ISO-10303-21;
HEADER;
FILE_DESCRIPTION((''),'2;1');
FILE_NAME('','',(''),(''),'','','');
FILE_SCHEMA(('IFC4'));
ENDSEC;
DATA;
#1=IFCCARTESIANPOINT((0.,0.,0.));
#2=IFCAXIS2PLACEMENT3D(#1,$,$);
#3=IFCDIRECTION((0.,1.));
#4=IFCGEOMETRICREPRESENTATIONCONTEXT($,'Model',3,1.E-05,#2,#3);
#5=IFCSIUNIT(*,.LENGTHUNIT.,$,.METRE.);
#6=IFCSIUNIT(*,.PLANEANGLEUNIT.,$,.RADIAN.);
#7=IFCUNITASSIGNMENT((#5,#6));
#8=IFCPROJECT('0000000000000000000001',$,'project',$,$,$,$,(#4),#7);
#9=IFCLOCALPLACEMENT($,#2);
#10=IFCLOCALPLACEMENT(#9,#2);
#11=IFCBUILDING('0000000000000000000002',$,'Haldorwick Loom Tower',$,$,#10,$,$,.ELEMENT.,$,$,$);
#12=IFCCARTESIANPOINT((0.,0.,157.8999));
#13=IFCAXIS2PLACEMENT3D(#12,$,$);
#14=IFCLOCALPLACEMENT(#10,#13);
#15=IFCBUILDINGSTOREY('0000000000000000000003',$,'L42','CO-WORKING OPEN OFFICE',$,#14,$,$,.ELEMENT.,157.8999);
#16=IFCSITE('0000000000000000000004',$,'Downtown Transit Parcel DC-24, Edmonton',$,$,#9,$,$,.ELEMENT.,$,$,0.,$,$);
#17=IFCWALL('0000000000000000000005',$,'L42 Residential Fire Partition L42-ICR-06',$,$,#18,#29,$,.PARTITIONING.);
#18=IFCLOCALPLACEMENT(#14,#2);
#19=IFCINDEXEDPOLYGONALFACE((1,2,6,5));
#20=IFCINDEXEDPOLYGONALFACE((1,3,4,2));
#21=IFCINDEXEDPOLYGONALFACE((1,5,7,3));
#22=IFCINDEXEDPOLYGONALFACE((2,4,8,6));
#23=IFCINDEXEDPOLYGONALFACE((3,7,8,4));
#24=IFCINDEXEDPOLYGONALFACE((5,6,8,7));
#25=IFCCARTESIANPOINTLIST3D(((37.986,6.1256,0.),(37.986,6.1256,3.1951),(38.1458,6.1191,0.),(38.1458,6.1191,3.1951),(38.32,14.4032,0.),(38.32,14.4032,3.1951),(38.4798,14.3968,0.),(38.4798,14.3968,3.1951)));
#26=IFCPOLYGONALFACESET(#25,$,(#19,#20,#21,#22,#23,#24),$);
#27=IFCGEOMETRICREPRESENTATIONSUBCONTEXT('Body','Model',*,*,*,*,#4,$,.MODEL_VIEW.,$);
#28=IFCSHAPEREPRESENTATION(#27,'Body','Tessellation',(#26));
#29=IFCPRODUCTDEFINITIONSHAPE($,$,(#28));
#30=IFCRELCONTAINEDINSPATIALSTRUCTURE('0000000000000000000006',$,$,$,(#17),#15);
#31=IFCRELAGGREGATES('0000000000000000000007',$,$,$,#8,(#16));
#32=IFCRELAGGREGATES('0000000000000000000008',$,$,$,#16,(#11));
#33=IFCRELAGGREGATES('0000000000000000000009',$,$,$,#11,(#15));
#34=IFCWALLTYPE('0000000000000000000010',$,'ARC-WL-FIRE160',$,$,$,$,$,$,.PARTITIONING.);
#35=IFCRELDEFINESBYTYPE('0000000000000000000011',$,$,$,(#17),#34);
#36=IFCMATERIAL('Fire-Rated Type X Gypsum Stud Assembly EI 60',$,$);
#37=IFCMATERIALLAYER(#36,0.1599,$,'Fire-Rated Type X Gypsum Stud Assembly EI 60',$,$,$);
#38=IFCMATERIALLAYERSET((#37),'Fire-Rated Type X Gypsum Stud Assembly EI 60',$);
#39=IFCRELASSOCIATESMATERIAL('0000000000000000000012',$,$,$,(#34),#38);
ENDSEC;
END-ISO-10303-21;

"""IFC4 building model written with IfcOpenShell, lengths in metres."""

from ifc_helpers import new_model, si_unit, direction, frame, frame_2d, origin, place, context, subcontext, project, spatial, rectangle, extrude, material, layer, layer_set, type_object, element, save


model = new_model("IFC4")

# Units and contexts
model_context = context("Model", 3, precision=1e-05, world=origin(), true_north=direction((0.0, 1.0)))
body_context = subcontext(model_context, "Body", "Model", "MODEL_VIEW")
ifc_project = project(units=[si_unit("LENGTHUNIT", "METRE"), si_unit("PLANEANGLEUNIT", "RADIAN")], contexts=[model_context])

# Site, building, storey
site_placement = place(None, origin())
site = spatial("IfcSite", under=ifc_project, at=site_placement, Name="Downtown Transit Parcel DC-24, Edmonton", CompositionType="ELEMENT", RefElevation=0.0)
building_placement = place(site_placement, origin())
building = spatial("IfcBuilding", under=site, at=building_placement, Name="Haldorwick Loom Tower", CompositionType="ELEMENT")
storey_placement = place(building_placement, frame((0.0, 0.0, 157.8999)))
storey = spatial("IfcBuildingStorey", under=building, at=storey_placement, Name="L42", Description="CO-WORKING OPEN OFFICE", CompositionType="ELEMENT", Elevation=157.8999)

# Wall
ifc_material_1 = material(Name="Fire-Rated Type X Gypsum Stud Assembly EI 60")
ifc_layer_1 = layer(ifc_material_1, 0.1599, Name="Fire-Rated Type X Gypsum Stud Assembly EI 60")
ifc_layer_set_1 = layer_set([ifc_layer_1], Name="Fire-Rated Type X Gypsum Stud Assembly EI 60")
wall_type_1 = type_object("IfcWallType", Name="ARC-WL-FIRE160", PredefinedType="PARTITIONING", material=ifc_layer_set_1)
wall_1_placement = place(storey_placement, frame((38.3999, 14.3999, 0.0), z_axis=(0.0, 0.0, 1.0), x_axis=(-0.040315, -0.999187, 0.0)))
element("IfcWall", 1, at=wall_1_placement, inside=storey, type_object=wall_type_1, Name="L42 Residential Fire Partition L42-ICR-06", PredefinedType="PARTITIONING", context=body_context, shape_type="SweptSolid", body=[
    extrude(rectangle(XDim=8.2844, YDim=0.1599, at=frame_2d((4.1421, 0.0))), origin(), (0.0, 0.0, 1.0), 3.1951),
])

save(model, "model.ifc")
